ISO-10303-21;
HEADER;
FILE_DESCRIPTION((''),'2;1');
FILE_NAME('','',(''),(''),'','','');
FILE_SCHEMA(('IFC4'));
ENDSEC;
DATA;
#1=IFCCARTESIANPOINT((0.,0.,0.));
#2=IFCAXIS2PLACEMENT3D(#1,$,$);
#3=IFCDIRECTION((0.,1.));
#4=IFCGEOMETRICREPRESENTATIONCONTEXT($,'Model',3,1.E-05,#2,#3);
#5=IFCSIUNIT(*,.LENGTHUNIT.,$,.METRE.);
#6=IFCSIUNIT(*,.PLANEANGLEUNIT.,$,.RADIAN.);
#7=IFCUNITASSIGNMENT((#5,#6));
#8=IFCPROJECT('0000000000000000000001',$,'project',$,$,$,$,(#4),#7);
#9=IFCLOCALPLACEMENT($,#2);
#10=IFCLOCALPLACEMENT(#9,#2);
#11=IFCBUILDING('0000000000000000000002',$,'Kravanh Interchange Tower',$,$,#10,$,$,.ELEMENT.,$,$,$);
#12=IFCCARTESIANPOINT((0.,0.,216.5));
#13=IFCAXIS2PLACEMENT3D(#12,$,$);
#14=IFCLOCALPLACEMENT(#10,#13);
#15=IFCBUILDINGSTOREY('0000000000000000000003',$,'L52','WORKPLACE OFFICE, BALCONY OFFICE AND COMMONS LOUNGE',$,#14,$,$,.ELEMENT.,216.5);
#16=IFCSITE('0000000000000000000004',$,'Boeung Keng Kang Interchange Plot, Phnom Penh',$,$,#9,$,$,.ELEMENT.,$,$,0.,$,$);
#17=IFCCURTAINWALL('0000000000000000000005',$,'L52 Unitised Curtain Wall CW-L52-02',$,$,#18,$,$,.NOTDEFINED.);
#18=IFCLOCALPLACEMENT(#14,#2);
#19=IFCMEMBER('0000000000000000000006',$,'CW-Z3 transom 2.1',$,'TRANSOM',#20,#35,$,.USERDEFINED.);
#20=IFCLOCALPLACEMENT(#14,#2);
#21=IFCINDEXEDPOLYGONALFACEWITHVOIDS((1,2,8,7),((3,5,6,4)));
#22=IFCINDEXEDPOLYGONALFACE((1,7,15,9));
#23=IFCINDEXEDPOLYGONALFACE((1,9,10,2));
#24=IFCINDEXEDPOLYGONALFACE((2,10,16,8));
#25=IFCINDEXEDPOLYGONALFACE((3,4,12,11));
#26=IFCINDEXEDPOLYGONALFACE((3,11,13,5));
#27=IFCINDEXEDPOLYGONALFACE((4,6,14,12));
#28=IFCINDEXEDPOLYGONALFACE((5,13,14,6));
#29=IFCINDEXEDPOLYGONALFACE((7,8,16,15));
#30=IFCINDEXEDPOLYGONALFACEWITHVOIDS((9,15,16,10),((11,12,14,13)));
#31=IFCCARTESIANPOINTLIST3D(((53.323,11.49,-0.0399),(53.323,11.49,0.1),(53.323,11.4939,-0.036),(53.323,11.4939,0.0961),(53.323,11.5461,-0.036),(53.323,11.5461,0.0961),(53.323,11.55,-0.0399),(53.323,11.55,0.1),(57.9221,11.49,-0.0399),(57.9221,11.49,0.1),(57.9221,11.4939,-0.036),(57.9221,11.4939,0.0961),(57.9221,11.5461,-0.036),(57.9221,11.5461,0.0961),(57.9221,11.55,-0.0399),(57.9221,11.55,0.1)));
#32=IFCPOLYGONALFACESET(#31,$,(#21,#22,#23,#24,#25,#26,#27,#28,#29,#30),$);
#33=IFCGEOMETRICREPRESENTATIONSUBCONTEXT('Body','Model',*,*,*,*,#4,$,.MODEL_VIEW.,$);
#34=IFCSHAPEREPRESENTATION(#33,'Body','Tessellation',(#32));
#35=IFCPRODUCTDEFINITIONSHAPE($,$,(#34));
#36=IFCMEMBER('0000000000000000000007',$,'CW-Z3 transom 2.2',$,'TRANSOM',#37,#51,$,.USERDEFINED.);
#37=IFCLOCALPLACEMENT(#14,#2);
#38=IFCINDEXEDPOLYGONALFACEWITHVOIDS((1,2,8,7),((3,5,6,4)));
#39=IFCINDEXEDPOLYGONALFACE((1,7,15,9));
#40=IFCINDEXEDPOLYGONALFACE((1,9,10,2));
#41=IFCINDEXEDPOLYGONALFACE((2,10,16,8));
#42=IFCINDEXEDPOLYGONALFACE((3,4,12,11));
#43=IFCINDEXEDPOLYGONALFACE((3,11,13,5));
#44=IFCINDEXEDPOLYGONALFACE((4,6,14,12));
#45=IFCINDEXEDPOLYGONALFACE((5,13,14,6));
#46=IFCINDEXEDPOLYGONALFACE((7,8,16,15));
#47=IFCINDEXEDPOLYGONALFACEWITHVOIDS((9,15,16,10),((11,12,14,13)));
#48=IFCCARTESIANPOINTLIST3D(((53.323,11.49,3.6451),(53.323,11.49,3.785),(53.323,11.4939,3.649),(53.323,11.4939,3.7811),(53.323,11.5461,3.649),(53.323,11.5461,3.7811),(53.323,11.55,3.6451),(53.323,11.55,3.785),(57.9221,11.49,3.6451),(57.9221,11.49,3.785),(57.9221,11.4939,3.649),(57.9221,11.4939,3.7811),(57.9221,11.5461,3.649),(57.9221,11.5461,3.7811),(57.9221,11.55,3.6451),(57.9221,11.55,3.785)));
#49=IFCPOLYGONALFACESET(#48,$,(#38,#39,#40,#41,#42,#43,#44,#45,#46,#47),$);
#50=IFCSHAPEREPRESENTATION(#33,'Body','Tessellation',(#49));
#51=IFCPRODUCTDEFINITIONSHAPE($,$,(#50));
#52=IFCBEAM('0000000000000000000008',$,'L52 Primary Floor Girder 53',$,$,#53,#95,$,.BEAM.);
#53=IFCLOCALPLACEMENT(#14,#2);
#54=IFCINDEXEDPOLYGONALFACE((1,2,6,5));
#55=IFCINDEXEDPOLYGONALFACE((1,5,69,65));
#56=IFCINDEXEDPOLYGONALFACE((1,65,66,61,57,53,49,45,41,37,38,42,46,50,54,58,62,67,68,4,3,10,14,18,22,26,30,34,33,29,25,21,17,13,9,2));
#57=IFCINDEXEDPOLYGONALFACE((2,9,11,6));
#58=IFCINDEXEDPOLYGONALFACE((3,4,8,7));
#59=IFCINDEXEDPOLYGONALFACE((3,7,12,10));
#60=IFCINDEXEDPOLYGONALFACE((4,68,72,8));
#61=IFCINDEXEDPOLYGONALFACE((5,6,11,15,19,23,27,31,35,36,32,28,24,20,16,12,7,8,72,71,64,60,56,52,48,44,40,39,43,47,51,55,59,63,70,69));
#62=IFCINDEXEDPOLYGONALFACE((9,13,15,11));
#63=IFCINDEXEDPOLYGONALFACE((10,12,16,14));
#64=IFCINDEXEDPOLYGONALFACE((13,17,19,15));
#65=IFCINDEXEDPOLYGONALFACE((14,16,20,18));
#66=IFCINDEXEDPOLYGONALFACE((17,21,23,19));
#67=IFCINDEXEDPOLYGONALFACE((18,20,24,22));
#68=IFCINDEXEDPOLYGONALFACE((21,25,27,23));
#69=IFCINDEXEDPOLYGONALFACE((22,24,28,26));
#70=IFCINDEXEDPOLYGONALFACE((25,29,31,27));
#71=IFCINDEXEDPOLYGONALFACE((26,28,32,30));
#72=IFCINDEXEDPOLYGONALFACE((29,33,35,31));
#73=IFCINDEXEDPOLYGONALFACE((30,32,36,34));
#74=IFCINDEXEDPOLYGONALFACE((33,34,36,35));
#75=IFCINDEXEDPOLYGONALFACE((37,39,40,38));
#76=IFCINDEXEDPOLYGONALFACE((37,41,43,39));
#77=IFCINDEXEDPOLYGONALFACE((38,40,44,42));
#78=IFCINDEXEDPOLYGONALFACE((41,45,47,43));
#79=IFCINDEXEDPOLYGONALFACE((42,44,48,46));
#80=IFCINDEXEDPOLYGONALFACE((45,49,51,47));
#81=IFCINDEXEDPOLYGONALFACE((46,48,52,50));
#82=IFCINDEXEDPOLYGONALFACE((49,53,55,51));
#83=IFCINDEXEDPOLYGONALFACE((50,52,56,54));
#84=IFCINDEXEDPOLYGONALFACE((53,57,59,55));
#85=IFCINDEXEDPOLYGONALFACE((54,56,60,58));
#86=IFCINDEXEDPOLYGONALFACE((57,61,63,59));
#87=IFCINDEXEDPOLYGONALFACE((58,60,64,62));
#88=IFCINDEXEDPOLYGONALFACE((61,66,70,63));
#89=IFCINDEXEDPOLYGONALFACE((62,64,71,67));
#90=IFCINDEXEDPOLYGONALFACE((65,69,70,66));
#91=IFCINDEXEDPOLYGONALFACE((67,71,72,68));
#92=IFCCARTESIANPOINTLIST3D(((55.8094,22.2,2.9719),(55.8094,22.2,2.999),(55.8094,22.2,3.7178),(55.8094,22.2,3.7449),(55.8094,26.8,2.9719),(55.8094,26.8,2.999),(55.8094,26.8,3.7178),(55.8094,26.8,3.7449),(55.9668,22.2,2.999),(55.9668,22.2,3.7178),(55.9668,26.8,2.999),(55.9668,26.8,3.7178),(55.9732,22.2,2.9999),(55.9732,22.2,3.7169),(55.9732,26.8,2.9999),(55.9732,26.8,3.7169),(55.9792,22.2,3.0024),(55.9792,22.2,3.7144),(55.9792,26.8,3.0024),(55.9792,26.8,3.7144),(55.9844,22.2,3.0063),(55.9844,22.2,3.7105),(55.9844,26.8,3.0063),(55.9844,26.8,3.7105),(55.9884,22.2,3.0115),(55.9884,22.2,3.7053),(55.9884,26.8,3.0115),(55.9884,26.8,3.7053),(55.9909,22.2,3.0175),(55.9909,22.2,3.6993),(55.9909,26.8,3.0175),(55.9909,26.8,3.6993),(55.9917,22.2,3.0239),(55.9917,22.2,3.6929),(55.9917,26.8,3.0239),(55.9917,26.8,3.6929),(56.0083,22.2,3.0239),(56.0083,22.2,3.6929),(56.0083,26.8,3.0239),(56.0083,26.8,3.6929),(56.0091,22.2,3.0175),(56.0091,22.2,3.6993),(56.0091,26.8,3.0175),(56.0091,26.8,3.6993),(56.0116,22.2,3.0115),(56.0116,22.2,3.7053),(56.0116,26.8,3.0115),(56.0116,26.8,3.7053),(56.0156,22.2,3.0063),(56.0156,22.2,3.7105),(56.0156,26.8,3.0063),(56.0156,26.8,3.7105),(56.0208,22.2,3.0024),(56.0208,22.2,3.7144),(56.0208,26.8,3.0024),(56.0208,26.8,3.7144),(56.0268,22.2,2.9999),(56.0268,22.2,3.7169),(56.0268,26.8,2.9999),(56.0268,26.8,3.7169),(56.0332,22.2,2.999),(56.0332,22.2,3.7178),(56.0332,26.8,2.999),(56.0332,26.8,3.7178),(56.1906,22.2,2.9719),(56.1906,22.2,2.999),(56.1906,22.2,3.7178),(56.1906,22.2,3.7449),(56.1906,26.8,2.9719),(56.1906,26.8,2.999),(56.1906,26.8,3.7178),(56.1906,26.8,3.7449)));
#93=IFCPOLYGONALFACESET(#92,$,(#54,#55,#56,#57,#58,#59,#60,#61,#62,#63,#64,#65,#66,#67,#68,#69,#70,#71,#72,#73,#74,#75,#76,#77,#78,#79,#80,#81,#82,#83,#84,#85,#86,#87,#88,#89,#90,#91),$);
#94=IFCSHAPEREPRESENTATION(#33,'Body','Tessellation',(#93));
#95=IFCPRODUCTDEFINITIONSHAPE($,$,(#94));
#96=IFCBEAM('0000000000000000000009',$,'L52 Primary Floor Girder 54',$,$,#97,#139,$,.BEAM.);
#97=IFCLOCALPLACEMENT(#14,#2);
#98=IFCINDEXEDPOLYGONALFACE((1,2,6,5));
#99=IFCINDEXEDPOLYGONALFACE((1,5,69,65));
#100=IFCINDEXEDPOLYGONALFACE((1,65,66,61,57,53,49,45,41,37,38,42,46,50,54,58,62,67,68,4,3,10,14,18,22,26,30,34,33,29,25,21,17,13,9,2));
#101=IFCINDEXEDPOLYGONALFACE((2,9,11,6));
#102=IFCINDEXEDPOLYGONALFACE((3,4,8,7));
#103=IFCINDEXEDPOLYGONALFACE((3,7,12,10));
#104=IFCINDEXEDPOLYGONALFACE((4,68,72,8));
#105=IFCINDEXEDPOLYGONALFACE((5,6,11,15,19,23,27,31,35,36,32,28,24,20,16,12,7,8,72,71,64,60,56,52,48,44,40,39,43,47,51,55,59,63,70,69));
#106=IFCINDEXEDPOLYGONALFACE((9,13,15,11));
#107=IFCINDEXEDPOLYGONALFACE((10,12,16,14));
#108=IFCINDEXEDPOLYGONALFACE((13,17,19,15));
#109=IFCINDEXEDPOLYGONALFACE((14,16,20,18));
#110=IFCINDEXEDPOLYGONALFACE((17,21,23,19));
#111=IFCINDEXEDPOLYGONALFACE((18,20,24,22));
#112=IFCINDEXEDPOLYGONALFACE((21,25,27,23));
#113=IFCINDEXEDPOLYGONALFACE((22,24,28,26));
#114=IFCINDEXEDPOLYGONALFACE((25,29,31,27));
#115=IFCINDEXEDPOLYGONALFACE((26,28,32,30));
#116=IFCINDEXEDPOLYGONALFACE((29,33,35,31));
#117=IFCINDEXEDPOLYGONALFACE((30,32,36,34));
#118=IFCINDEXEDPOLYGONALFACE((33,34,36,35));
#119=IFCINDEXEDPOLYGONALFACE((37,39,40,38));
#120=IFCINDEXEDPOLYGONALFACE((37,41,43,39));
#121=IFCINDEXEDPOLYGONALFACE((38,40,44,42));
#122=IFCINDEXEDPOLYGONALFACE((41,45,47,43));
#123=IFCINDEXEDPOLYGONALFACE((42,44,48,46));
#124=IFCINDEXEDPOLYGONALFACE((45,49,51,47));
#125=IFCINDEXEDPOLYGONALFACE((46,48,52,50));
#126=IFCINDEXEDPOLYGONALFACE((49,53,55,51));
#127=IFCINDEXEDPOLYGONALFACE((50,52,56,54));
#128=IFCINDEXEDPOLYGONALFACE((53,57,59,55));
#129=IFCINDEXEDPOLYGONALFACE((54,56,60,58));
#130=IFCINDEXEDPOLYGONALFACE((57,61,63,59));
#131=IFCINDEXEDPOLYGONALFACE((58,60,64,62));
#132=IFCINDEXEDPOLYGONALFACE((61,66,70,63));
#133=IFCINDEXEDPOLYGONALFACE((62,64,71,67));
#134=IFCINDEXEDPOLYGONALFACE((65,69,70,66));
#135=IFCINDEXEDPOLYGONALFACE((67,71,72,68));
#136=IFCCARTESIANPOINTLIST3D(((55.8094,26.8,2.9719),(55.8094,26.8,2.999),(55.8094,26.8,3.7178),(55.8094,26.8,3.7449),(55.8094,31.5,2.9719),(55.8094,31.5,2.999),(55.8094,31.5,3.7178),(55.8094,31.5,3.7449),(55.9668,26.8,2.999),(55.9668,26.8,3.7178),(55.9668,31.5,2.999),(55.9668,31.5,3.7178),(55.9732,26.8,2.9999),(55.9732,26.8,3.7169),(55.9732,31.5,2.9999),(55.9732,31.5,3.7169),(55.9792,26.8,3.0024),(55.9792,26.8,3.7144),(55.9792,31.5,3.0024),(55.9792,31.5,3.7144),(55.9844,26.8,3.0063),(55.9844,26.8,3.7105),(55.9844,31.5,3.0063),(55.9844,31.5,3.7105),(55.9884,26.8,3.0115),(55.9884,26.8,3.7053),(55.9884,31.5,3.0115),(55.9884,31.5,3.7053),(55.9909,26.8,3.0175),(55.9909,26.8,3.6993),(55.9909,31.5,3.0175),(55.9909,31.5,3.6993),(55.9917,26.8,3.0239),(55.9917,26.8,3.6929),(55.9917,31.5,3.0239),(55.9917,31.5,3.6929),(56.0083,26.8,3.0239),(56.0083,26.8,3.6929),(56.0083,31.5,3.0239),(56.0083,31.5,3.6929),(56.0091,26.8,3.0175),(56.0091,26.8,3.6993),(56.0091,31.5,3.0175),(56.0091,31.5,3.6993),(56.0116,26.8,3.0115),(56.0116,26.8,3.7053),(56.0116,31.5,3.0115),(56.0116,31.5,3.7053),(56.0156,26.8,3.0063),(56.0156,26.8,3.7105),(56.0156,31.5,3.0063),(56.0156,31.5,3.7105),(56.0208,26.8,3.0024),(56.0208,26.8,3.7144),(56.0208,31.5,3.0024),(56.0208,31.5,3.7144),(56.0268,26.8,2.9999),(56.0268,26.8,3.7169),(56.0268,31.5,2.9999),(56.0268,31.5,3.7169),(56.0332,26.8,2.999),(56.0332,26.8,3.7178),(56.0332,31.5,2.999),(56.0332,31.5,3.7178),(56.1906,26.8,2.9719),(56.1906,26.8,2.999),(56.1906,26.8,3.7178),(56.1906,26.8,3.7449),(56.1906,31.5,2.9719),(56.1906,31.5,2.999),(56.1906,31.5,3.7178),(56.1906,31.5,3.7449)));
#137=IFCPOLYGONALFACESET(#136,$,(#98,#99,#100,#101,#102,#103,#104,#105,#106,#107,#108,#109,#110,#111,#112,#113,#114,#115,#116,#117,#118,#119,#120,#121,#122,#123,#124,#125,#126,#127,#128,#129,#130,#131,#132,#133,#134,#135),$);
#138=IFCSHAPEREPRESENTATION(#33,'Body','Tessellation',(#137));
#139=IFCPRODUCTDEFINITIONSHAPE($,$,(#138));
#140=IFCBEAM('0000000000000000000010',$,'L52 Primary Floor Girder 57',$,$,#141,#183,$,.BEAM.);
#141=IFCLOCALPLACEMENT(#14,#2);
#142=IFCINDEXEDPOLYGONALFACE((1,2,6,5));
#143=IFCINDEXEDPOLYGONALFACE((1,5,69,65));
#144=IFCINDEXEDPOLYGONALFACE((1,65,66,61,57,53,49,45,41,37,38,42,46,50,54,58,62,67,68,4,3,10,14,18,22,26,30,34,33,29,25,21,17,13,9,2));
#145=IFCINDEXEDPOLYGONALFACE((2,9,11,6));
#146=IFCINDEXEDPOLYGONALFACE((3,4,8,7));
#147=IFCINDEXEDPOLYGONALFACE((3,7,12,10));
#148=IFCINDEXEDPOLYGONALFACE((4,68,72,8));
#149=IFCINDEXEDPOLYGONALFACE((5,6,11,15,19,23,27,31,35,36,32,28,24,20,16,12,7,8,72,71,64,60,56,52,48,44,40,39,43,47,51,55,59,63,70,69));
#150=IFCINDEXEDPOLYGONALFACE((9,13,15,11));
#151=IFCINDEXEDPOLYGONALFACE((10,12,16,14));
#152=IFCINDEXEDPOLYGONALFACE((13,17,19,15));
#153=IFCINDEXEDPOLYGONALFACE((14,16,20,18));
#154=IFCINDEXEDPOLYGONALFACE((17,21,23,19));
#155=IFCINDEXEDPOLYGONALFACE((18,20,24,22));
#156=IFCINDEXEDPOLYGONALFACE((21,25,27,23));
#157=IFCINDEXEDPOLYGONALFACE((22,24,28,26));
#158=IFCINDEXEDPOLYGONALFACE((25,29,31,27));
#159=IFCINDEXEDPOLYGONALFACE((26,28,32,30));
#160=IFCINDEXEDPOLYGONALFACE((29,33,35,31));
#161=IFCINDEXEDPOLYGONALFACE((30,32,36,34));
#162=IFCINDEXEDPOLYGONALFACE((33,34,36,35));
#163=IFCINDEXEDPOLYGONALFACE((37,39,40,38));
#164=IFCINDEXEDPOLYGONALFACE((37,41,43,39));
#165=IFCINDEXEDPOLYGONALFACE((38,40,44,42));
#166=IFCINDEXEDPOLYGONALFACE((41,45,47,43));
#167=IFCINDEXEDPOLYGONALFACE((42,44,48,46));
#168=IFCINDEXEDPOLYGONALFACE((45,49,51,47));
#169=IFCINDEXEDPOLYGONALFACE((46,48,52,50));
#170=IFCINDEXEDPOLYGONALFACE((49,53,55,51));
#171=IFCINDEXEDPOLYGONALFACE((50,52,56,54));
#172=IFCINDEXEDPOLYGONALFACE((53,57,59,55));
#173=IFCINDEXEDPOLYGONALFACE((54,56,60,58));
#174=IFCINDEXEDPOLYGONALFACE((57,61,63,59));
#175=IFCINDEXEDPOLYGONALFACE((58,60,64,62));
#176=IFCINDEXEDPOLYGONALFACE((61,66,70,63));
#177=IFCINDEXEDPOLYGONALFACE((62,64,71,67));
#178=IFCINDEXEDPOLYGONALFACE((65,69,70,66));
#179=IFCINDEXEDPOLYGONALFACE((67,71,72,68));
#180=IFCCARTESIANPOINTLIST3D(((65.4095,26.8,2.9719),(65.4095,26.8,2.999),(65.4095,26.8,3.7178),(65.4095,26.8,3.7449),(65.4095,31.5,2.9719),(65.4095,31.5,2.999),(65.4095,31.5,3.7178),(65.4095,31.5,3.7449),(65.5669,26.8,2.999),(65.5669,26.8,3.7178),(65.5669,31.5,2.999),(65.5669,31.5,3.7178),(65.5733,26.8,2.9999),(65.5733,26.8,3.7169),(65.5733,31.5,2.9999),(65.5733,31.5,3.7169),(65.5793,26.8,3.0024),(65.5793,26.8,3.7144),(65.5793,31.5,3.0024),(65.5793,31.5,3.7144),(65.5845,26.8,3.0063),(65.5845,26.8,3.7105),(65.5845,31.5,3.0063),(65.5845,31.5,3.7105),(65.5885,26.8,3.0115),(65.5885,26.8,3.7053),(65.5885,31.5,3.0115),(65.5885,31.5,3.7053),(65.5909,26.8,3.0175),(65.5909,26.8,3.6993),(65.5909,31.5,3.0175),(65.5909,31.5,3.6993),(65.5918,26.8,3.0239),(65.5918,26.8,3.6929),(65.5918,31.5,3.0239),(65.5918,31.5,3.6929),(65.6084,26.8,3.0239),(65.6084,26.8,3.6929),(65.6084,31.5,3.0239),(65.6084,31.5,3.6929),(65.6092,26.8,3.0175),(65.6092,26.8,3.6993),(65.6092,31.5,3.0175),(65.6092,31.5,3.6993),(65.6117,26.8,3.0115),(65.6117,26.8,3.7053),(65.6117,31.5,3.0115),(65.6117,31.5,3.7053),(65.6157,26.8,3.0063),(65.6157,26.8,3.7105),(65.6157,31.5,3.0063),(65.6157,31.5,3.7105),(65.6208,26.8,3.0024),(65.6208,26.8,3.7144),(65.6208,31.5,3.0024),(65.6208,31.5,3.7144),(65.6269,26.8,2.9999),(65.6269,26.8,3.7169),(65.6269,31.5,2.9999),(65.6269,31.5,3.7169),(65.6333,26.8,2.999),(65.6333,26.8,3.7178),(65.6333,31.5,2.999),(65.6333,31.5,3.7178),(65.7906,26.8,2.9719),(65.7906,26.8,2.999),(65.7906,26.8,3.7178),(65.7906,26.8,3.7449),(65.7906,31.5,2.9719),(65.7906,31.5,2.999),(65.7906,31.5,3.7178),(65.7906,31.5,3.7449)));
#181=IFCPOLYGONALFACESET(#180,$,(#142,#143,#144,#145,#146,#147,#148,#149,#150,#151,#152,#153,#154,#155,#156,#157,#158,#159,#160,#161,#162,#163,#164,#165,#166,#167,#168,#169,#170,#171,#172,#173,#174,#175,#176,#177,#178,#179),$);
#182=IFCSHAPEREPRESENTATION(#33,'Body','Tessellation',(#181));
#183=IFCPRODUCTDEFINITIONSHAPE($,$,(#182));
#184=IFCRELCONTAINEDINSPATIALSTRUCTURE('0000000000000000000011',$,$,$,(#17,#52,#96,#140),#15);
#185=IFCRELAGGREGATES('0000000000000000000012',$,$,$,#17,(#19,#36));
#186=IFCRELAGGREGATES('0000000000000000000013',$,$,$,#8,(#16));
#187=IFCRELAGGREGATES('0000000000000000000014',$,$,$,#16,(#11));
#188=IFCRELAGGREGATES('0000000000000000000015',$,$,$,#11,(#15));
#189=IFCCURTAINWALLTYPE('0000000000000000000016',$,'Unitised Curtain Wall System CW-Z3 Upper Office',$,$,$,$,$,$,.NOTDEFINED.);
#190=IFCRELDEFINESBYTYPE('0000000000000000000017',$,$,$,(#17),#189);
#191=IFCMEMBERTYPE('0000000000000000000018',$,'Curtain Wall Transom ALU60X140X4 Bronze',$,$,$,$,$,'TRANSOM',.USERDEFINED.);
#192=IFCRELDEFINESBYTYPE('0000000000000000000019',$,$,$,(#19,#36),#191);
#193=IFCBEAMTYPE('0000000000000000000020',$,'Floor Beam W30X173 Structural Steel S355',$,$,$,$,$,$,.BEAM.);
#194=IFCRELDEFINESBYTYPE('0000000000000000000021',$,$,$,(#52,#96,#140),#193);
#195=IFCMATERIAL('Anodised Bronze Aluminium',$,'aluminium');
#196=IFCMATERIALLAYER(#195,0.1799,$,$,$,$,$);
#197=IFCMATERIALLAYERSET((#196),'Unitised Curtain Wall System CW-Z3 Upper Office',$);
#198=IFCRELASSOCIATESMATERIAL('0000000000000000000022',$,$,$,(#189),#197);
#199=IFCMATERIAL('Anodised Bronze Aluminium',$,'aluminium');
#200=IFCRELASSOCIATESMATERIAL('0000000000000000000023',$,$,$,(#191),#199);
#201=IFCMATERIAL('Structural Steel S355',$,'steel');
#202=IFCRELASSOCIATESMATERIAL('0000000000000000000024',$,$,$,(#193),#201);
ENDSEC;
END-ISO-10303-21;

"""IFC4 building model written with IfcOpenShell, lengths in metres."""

from ifc_helpers import new_model, si_unit, direction, frame, origin, origin_2d, place, context, subcontext, project, spatial, hollow_rectangle, i_section, extrude, material, layer, layer_set, material_profile, profile_set, type_object, element, aggregate, save


model = new_model("IFC4")

# Units and contexts
model_context = context("Model", 3, precision=1e-05, world=origin(), true_north=direction((0.0, 1.0)))
body_context = subcontext(model_context, "Body", "Model", "MODEL_VIEW")
ifc_project = project(units=[si_unit("LENGTHUNIT", "METRE"), si_unit("PLANEANGLEUNIT", "RADIAN")], contexts=[model_context])

# Site, building, storey
site_placement = place(None, origin())
site = spatial("IfcSite", under=ifc_project, at=site_placement, Name="Boeung Keng Kang Interchange Plot, Phnom Penh", CompositionType="ELEMENT", RefElevation=0.0)
building_placement = place(site_placement, origin())
building = spatial("IfcBuilding", under=site, at=building_placement, Name="Kravanh Interchange Tower", CompositionType="ELEMENT")
storey_placement = place(building_placement, frame((0.0, 0.0, 216.5)))
storey = spatial("IfcBuildingStorey", under=building, at=storey_placement, Name="L52", Description="WORKPLACE OFFICE, BALCONY OFFICE AND COMMONS LOUNGE", CompositionType="ELEMENT", Elevation=216.5)

# Curtain wall
ifc_material_1 = material(Name="Anodised Bronze Aluminium", Category="aluminium")
ifc_layer_1 = layer(ifc_material_1, 0.1799)
ifc_layer_set_1 = layer_set([ifc_layer_1], Name="Unitised Curtain Wall System CW-Z3 Upper Office")
curtain_wall_type = type_object("IfcCurtainWallType", Name="Unitised Curtain Wall System CW-Z3 Upper Office", PredefinedType="NOTDEFINED", material=ifc_layer_set_1)
curtain_wall_1_placement = place(storey_placement, origin())
curtain_wall_1 = element("IfcCurtainWall", 1, at=curtain_wall_1_placement, inside=storey, type_object=curtain_wall_type, Name="L52 Unitised Curtain Wall CW-L52-02", PredefinedType="NOTDEFINED")

# Members
ifc_material_2 = material(Name="Anodised Bronze Aluminium", Category="aluminium")
ifc_material_profile_1 = material_profile(ifc_material_2, hollow_rectangle(XDim=0.0601, YDim=0.1399, WallThickness=0.0039, at=origin_2d()), Name="ALU60X140X4")
ifc_profile_set_1 = profile_set([ifc_material_profile_1], Name="Anodised Bronze Aluminium")
member_type_1 = type_object("IfcMemberType", Name="Curtain Wall Transom ALU60X140X4 Bronze", ElementType="TRANSOM", PredefinedType="USERDEFINED", material=ifc_profile_set_1)
member_1_placement = place(storey_placement, frame((57.9221, 11.52, 0.03), z_axis=(-1.0, 0.0, 0.0), x_axis=(0.0, -1.0, 0.0)))
member_1 = element("IfcMember", 2, at=member_1_placement, type_object=member_type_1, Name="CW-Z3 transom 2.1", ObjectType="TRANSOM", PredefinedType="USERDEFINED", context=body_context, shape_type="SweptSolid", body=[
    extrude(hollow_rectangle(XDim=0.0601, YDim=0.1399, WallThickness=0.0039, at=origin_2d()), origin(), (0.0, 0.0, 1.0), 4.5991),
])
member_2_placement = place(storey_placement, frame((57.9221, 11.52, 3.7151), z_axis=(-1.0, 0.0, 0.0), x_axis=(0.0, -1.0, 0.0)))
member_2 = element("IfcMember", 3, at=member_2_placement, type_object=member_type_1, Name="CW-Z3 transom 2.2", ObjectType="TRANSOM", PredefinedType="USERDEFINED", context=body_context, shape_type="SweptSolid", body=[
    extrude(hollow_rectangle(XDim=0.0601, YDim=0.1399, WallThickness=0.0039, at=origin_2d()), origin(), (0.0, 0.0, 1.0), 4.5991),
])

# Beams
ifc_material_3 = material(Name="Structural Steel S355", Category="steel")
ifc_material_profile_2 = material_profile(ifc_material_3, i_section(OverallWidth=0.3811, OverallDepth=0.7729, WebThickness=0.0166, FlangeThickness=0.0271, FilletRadius=0.0249, at=origin_2d()), Name="W30X173")
ifc_profile_set_2 = profile_set([ifc_material_profile_2], Name="Structural Steel S355")
beam_type_1 = type_object("IfcBeamType", Name="Floor Beam W30X173 Structural Steel S355", PredefinedType="BEAM", material=ifc_profile_set_2)
beam_1_placement = place(storey_placement, frame((56.0, 26.8, 3.3584), z_axis=(0.0, -1.0, 0.0), x_axis=(1.0, 0.0, 0.0)))
element("IfcBeam", 4, at=beam_1_placement, inside=storey, type_object=beam_type_1, Name="L52 Primary Floor Girder 53", PredefinedType="BEAM", context=body_context, shape_type="SweptSolid", body=[
    extrude(i_section(OverallWidth=0.3811, OverallDepth=0.7729, WebThickness=0.0166, FlangeThickness=0.0271, FilletRadius=0.0249, at=origin_2d()), origin(), (0.0, 0.0, 1.0), 4.6001),
])
for number, where, z_axis, x_axis, name in (
    (5, (56.0, 26.8, 3.3584), (0.0, 1.0, 0.0), (-1.0, 0.0, 0.0), "L52 Primary Floor Girder 54"),
    (6, (65.6001, 26.8, 3.3584), (0.0, 1.0, 0.0), (-1.0, 0.0, 0.0), "L52 Primary Floor Girder 57"),
):
    element("IfcBeam", number, at=place(storey_placement, frame(where, z_axis=z_axis, x_axis=x_axis)), inside=storey, type_object=beam_type_1, Name=name, PredefinedType="BEAM", context=body_context, shape_type="SweptSolid", body=[
        extrude(i_section(OverallWidth=0.3811, OverallDepth=0.7729, WebThickness=0.0166, FlangeThickness=0.0271, FilletRadius=0.0249, at=origin_2d()), origin(), (0.0, 0.0, 1.0), 4.7),
    ])

aggregate(curtain_wall_1, [member_1, member_2])

save(model, "model.ifc")
